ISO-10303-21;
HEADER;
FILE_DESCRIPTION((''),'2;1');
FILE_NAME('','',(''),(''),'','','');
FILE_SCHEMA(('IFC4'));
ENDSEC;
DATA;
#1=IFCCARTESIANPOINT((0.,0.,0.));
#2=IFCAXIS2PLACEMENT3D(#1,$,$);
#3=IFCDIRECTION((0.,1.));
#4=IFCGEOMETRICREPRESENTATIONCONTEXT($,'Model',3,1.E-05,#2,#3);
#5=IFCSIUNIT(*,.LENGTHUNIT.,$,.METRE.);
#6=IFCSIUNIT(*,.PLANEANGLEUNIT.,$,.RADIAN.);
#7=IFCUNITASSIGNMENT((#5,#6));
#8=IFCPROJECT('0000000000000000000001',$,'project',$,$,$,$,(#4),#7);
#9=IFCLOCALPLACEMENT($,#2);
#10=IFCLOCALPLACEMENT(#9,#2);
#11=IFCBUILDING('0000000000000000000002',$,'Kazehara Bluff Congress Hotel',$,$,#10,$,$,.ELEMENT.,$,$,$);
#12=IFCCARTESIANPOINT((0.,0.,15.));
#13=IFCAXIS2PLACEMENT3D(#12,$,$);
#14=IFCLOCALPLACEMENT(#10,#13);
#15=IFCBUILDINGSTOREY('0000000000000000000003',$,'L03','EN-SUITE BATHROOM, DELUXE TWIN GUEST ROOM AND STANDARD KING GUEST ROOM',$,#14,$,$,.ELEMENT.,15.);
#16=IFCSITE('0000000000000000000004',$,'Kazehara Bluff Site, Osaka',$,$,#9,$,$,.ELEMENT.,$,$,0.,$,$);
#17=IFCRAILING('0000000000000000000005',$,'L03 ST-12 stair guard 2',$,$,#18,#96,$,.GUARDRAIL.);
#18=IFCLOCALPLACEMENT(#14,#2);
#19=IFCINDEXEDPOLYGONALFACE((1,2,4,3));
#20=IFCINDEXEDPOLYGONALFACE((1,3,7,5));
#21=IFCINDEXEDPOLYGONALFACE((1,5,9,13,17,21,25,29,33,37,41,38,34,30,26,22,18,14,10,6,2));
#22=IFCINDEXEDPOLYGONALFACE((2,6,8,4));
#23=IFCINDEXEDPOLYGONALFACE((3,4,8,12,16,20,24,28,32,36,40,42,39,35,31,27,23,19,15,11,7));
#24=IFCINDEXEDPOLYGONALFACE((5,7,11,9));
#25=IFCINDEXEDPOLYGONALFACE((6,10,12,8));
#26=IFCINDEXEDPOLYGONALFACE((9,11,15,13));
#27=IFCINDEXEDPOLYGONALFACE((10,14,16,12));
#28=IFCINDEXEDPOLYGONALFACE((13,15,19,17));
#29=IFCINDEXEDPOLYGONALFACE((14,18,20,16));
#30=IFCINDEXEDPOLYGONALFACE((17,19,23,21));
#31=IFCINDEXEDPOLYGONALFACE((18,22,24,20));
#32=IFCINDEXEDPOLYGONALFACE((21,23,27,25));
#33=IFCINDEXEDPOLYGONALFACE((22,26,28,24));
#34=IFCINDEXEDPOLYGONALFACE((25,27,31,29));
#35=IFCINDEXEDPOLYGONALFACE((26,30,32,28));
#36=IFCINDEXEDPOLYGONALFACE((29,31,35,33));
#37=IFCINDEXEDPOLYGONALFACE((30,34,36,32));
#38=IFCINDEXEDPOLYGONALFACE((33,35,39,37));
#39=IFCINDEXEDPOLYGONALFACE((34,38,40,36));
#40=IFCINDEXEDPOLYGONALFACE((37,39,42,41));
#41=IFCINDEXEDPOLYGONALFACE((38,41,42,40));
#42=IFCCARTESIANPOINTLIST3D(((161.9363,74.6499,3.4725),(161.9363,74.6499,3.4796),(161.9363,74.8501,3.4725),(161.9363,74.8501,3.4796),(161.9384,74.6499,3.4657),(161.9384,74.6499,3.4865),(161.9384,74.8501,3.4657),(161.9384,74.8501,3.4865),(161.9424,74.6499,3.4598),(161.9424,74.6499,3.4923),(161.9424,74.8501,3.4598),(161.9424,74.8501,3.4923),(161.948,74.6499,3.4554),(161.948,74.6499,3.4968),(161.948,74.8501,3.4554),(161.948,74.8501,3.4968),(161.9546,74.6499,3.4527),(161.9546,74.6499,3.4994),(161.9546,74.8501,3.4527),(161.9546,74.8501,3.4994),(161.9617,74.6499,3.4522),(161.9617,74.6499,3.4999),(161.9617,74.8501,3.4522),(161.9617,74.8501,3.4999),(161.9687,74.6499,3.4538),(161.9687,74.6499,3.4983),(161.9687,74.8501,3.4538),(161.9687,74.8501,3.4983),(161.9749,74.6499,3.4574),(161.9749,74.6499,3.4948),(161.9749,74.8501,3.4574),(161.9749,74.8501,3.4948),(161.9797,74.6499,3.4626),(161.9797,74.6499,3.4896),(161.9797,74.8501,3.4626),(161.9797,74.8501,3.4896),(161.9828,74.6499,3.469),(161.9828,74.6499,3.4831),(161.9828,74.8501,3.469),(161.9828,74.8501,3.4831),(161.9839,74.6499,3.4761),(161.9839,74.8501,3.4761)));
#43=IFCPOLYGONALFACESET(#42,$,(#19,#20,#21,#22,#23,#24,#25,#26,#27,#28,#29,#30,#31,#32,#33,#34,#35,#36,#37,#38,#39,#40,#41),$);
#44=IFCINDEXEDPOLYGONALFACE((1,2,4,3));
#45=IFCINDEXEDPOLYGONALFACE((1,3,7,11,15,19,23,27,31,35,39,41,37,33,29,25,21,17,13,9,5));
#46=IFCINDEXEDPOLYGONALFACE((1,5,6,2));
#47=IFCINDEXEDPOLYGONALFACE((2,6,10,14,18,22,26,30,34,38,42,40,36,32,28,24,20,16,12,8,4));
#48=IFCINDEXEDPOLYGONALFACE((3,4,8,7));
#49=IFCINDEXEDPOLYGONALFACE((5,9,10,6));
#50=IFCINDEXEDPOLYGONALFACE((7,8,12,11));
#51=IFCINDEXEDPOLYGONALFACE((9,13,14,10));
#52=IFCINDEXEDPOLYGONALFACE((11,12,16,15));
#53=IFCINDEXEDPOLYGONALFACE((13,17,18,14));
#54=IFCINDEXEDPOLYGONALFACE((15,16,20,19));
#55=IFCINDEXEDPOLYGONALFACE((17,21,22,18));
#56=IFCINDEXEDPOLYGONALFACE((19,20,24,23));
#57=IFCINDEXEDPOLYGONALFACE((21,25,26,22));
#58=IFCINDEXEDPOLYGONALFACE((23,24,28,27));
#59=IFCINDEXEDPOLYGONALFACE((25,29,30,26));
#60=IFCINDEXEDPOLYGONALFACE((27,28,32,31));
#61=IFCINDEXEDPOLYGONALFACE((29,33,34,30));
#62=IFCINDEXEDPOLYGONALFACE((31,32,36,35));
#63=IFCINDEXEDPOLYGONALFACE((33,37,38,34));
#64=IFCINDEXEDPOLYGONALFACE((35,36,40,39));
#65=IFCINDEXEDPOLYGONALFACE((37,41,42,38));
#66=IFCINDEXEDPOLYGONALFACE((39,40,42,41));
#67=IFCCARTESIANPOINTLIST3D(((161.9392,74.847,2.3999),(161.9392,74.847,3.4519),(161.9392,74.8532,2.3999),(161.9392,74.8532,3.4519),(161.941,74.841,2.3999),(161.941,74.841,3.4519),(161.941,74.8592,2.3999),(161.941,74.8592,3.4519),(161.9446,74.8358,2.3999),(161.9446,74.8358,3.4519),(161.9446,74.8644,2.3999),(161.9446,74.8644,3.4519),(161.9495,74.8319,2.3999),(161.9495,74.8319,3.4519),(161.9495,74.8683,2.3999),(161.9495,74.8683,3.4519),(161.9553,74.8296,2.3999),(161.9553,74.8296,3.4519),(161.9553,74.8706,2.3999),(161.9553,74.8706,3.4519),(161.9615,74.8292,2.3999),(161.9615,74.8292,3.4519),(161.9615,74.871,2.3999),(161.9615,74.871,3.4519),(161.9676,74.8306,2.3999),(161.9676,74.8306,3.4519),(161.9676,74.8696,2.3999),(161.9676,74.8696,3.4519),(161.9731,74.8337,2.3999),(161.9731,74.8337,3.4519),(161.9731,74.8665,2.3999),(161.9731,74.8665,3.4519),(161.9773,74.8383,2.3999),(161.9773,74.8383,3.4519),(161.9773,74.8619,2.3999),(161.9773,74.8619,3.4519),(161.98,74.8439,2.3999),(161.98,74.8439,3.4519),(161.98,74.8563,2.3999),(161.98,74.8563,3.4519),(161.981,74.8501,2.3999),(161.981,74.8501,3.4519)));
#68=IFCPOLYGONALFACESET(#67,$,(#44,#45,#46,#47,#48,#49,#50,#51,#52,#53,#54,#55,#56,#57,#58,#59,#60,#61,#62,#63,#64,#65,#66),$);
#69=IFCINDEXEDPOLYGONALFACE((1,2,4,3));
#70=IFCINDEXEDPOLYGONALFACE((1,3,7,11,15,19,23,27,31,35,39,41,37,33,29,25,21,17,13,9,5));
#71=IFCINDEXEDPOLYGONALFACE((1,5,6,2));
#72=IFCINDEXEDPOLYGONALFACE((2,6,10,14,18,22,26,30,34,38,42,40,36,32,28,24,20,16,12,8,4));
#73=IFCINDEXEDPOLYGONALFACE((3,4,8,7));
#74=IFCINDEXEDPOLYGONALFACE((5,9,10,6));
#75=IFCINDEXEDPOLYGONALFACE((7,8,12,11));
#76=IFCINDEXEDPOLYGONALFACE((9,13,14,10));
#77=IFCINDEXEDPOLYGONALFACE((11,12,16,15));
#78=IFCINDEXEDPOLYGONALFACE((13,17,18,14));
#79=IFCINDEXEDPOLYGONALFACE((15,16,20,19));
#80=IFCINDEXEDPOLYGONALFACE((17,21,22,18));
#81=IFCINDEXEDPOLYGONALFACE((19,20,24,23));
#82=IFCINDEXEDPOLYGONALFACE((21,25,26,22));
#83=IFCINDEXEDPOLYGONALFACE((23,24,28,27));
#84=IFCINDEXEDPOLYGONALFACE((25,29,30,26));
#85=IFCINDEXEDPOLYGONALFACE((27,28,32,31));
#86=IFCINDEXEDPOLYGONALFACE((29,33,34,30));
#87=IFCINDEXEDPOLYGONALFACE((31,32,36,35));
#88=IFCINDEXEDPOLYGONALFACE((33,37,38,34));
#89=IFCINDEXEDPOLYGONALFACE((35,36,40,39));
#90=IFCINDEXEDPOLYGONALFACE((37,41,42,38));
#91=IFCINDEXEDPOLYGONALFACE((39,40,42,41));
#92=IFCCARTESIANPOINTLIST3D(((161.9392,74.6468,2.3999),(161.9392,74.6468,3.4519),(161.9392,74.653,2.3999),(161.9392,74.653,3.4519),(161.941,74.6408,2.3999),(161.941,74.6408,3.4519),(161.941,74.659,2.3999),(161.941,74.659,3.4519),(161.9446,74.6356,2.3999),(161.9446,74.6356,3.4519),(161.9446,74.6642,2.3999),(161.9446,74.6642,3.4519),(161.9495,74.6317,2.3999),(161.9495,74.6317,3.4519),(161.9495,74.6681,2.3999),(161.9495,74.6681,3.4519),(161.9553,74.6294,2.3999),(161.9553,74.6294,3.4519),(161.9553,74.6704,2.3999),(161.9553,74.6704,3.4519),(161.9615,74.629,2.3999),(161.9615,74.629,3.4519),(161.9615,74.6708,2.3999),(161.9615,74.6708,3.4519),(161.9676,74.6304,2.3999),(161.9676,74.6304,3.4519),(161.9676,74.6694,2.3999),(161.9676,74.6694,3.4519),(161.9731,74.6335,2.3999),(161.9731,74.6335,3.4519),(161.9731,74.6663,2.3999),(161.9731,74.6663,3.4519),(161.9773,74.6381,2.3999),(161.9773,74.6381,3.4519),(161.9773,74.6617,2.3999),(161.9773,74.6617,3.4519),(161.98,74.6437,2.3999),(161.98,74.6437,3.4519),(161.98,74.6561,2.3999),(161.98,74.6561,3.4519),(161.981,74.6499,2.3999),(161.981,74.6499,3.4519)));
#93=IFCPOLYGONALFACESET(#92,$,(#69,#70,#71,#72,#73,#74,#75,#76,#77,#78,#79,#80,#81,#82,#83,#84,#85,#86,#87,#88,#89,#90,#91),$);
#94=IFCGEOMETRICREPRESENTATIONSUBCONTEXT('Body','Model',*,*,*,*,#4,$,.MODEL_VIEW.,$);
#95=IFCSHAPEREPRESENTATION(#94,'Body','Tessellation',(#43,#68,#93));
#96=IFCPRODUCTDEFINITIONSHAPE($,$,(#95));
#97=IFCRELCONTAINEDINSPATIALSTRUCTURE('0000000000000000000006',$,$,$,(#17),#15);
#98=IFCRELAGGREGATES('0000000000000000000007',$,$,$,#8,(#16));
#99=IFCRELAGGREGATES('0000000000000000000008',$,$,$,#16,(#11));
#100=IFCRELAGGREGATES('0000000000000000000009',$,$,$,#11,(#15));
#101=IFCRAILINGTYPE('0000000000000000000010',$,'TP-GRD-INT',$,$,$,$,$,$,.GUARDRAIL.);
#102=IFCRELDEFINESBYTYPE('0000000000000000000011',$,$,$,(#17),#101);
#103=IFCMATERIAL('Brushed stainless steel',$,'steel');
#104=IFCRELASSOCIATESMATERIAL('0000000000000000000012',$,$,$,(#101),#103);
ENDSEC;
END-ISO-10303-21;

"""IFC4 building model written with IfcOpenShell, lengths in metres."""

from ifc_helpers import new_model, si_unit, direction, frame, origin, origin_2d, place, context, subcontext, project, spatial, circle, extrude, material, type_object, element, save


model = new_model("IFC4")

# Units and contexts
model_context = context("Model", 3, precision=1e-05, world=origin(), true_north=direction((0.0, 1.0)))
body_context = subcontext(model_context, "Body", "Model", "MODEL_VIEW")
ifc_project = project(units=[si_unit("LENGTHUNIT", "METRE"), si_unit("PLANEANGLEUNIT", "RADIAN")], contexts=[model_context])

# Site, building, storey
site_placement = place(None, origin())
site = spatial("IfcSite", under=ifc_project, at=site_placement, Name="Kazehara Bluff Site, Osaka", CompositionType="ELEMENT", RefElevation=0.0)
building_placement = place(site_placement, origin())
building = spatial("IfcBuilding", under=site, at=building_placement, Name="Kazehara Bluff Congress Hotel", CompositionType="ELEMENT")
storey_placement = place(building_placement, frame((0.0, 0.0, 15.0)))
storey = spatial("IfcBuildingStorey", under=building, at=storey_placement, Name="L03", Description="EN-SUITE BATHROOM, DELUXE TWIN GUEST ROOM AND STANDARD KING GUEST ROOM", CompositionType="ELEMENT", Elevation=15.0)

# Railing
ifc_material_1 = material(Name="Brushed stainless steel", Category="steel")
railing_type_1 = type_object("IfcRailingType", Name="TP-GRD-INT", PredefinedType="GUARDRAIL", material=ifc_material_1)
railing_1_placement = place(storey_placement, frame((161.96, 74.8501, 2.3999)))
element("IfcRailing", 1, at=railing_1_placement, inside=storey, type_object=railing_type_1, Name="L03 ST-12 stair guard 2", PredefinedType="GUARDRAIL", context=body_context, shape_type="SweptSolid", body=[
    extrude(circle(Radius=0.0239, at=origin_2d()), frame((0.0, 0.0, 1.0762), z_axis=(0.0, -1.0, 0.0), x_axis=(1.0, 0.0, 0.0)), (0.0, 0.0, 1.0), 0.2002),
    extrude(circle(Radius=0.021, at=origin_2d()), origin(), (0.0, 0.0, 1.0), 1.052),
    extrude(circle(Radius=0.021, at=origin_2d()), frame((0.0, -0.2002, 0.0)), (0.0, 0.0, 1.0), 1.052),
])

save(model, "model.ifc")
